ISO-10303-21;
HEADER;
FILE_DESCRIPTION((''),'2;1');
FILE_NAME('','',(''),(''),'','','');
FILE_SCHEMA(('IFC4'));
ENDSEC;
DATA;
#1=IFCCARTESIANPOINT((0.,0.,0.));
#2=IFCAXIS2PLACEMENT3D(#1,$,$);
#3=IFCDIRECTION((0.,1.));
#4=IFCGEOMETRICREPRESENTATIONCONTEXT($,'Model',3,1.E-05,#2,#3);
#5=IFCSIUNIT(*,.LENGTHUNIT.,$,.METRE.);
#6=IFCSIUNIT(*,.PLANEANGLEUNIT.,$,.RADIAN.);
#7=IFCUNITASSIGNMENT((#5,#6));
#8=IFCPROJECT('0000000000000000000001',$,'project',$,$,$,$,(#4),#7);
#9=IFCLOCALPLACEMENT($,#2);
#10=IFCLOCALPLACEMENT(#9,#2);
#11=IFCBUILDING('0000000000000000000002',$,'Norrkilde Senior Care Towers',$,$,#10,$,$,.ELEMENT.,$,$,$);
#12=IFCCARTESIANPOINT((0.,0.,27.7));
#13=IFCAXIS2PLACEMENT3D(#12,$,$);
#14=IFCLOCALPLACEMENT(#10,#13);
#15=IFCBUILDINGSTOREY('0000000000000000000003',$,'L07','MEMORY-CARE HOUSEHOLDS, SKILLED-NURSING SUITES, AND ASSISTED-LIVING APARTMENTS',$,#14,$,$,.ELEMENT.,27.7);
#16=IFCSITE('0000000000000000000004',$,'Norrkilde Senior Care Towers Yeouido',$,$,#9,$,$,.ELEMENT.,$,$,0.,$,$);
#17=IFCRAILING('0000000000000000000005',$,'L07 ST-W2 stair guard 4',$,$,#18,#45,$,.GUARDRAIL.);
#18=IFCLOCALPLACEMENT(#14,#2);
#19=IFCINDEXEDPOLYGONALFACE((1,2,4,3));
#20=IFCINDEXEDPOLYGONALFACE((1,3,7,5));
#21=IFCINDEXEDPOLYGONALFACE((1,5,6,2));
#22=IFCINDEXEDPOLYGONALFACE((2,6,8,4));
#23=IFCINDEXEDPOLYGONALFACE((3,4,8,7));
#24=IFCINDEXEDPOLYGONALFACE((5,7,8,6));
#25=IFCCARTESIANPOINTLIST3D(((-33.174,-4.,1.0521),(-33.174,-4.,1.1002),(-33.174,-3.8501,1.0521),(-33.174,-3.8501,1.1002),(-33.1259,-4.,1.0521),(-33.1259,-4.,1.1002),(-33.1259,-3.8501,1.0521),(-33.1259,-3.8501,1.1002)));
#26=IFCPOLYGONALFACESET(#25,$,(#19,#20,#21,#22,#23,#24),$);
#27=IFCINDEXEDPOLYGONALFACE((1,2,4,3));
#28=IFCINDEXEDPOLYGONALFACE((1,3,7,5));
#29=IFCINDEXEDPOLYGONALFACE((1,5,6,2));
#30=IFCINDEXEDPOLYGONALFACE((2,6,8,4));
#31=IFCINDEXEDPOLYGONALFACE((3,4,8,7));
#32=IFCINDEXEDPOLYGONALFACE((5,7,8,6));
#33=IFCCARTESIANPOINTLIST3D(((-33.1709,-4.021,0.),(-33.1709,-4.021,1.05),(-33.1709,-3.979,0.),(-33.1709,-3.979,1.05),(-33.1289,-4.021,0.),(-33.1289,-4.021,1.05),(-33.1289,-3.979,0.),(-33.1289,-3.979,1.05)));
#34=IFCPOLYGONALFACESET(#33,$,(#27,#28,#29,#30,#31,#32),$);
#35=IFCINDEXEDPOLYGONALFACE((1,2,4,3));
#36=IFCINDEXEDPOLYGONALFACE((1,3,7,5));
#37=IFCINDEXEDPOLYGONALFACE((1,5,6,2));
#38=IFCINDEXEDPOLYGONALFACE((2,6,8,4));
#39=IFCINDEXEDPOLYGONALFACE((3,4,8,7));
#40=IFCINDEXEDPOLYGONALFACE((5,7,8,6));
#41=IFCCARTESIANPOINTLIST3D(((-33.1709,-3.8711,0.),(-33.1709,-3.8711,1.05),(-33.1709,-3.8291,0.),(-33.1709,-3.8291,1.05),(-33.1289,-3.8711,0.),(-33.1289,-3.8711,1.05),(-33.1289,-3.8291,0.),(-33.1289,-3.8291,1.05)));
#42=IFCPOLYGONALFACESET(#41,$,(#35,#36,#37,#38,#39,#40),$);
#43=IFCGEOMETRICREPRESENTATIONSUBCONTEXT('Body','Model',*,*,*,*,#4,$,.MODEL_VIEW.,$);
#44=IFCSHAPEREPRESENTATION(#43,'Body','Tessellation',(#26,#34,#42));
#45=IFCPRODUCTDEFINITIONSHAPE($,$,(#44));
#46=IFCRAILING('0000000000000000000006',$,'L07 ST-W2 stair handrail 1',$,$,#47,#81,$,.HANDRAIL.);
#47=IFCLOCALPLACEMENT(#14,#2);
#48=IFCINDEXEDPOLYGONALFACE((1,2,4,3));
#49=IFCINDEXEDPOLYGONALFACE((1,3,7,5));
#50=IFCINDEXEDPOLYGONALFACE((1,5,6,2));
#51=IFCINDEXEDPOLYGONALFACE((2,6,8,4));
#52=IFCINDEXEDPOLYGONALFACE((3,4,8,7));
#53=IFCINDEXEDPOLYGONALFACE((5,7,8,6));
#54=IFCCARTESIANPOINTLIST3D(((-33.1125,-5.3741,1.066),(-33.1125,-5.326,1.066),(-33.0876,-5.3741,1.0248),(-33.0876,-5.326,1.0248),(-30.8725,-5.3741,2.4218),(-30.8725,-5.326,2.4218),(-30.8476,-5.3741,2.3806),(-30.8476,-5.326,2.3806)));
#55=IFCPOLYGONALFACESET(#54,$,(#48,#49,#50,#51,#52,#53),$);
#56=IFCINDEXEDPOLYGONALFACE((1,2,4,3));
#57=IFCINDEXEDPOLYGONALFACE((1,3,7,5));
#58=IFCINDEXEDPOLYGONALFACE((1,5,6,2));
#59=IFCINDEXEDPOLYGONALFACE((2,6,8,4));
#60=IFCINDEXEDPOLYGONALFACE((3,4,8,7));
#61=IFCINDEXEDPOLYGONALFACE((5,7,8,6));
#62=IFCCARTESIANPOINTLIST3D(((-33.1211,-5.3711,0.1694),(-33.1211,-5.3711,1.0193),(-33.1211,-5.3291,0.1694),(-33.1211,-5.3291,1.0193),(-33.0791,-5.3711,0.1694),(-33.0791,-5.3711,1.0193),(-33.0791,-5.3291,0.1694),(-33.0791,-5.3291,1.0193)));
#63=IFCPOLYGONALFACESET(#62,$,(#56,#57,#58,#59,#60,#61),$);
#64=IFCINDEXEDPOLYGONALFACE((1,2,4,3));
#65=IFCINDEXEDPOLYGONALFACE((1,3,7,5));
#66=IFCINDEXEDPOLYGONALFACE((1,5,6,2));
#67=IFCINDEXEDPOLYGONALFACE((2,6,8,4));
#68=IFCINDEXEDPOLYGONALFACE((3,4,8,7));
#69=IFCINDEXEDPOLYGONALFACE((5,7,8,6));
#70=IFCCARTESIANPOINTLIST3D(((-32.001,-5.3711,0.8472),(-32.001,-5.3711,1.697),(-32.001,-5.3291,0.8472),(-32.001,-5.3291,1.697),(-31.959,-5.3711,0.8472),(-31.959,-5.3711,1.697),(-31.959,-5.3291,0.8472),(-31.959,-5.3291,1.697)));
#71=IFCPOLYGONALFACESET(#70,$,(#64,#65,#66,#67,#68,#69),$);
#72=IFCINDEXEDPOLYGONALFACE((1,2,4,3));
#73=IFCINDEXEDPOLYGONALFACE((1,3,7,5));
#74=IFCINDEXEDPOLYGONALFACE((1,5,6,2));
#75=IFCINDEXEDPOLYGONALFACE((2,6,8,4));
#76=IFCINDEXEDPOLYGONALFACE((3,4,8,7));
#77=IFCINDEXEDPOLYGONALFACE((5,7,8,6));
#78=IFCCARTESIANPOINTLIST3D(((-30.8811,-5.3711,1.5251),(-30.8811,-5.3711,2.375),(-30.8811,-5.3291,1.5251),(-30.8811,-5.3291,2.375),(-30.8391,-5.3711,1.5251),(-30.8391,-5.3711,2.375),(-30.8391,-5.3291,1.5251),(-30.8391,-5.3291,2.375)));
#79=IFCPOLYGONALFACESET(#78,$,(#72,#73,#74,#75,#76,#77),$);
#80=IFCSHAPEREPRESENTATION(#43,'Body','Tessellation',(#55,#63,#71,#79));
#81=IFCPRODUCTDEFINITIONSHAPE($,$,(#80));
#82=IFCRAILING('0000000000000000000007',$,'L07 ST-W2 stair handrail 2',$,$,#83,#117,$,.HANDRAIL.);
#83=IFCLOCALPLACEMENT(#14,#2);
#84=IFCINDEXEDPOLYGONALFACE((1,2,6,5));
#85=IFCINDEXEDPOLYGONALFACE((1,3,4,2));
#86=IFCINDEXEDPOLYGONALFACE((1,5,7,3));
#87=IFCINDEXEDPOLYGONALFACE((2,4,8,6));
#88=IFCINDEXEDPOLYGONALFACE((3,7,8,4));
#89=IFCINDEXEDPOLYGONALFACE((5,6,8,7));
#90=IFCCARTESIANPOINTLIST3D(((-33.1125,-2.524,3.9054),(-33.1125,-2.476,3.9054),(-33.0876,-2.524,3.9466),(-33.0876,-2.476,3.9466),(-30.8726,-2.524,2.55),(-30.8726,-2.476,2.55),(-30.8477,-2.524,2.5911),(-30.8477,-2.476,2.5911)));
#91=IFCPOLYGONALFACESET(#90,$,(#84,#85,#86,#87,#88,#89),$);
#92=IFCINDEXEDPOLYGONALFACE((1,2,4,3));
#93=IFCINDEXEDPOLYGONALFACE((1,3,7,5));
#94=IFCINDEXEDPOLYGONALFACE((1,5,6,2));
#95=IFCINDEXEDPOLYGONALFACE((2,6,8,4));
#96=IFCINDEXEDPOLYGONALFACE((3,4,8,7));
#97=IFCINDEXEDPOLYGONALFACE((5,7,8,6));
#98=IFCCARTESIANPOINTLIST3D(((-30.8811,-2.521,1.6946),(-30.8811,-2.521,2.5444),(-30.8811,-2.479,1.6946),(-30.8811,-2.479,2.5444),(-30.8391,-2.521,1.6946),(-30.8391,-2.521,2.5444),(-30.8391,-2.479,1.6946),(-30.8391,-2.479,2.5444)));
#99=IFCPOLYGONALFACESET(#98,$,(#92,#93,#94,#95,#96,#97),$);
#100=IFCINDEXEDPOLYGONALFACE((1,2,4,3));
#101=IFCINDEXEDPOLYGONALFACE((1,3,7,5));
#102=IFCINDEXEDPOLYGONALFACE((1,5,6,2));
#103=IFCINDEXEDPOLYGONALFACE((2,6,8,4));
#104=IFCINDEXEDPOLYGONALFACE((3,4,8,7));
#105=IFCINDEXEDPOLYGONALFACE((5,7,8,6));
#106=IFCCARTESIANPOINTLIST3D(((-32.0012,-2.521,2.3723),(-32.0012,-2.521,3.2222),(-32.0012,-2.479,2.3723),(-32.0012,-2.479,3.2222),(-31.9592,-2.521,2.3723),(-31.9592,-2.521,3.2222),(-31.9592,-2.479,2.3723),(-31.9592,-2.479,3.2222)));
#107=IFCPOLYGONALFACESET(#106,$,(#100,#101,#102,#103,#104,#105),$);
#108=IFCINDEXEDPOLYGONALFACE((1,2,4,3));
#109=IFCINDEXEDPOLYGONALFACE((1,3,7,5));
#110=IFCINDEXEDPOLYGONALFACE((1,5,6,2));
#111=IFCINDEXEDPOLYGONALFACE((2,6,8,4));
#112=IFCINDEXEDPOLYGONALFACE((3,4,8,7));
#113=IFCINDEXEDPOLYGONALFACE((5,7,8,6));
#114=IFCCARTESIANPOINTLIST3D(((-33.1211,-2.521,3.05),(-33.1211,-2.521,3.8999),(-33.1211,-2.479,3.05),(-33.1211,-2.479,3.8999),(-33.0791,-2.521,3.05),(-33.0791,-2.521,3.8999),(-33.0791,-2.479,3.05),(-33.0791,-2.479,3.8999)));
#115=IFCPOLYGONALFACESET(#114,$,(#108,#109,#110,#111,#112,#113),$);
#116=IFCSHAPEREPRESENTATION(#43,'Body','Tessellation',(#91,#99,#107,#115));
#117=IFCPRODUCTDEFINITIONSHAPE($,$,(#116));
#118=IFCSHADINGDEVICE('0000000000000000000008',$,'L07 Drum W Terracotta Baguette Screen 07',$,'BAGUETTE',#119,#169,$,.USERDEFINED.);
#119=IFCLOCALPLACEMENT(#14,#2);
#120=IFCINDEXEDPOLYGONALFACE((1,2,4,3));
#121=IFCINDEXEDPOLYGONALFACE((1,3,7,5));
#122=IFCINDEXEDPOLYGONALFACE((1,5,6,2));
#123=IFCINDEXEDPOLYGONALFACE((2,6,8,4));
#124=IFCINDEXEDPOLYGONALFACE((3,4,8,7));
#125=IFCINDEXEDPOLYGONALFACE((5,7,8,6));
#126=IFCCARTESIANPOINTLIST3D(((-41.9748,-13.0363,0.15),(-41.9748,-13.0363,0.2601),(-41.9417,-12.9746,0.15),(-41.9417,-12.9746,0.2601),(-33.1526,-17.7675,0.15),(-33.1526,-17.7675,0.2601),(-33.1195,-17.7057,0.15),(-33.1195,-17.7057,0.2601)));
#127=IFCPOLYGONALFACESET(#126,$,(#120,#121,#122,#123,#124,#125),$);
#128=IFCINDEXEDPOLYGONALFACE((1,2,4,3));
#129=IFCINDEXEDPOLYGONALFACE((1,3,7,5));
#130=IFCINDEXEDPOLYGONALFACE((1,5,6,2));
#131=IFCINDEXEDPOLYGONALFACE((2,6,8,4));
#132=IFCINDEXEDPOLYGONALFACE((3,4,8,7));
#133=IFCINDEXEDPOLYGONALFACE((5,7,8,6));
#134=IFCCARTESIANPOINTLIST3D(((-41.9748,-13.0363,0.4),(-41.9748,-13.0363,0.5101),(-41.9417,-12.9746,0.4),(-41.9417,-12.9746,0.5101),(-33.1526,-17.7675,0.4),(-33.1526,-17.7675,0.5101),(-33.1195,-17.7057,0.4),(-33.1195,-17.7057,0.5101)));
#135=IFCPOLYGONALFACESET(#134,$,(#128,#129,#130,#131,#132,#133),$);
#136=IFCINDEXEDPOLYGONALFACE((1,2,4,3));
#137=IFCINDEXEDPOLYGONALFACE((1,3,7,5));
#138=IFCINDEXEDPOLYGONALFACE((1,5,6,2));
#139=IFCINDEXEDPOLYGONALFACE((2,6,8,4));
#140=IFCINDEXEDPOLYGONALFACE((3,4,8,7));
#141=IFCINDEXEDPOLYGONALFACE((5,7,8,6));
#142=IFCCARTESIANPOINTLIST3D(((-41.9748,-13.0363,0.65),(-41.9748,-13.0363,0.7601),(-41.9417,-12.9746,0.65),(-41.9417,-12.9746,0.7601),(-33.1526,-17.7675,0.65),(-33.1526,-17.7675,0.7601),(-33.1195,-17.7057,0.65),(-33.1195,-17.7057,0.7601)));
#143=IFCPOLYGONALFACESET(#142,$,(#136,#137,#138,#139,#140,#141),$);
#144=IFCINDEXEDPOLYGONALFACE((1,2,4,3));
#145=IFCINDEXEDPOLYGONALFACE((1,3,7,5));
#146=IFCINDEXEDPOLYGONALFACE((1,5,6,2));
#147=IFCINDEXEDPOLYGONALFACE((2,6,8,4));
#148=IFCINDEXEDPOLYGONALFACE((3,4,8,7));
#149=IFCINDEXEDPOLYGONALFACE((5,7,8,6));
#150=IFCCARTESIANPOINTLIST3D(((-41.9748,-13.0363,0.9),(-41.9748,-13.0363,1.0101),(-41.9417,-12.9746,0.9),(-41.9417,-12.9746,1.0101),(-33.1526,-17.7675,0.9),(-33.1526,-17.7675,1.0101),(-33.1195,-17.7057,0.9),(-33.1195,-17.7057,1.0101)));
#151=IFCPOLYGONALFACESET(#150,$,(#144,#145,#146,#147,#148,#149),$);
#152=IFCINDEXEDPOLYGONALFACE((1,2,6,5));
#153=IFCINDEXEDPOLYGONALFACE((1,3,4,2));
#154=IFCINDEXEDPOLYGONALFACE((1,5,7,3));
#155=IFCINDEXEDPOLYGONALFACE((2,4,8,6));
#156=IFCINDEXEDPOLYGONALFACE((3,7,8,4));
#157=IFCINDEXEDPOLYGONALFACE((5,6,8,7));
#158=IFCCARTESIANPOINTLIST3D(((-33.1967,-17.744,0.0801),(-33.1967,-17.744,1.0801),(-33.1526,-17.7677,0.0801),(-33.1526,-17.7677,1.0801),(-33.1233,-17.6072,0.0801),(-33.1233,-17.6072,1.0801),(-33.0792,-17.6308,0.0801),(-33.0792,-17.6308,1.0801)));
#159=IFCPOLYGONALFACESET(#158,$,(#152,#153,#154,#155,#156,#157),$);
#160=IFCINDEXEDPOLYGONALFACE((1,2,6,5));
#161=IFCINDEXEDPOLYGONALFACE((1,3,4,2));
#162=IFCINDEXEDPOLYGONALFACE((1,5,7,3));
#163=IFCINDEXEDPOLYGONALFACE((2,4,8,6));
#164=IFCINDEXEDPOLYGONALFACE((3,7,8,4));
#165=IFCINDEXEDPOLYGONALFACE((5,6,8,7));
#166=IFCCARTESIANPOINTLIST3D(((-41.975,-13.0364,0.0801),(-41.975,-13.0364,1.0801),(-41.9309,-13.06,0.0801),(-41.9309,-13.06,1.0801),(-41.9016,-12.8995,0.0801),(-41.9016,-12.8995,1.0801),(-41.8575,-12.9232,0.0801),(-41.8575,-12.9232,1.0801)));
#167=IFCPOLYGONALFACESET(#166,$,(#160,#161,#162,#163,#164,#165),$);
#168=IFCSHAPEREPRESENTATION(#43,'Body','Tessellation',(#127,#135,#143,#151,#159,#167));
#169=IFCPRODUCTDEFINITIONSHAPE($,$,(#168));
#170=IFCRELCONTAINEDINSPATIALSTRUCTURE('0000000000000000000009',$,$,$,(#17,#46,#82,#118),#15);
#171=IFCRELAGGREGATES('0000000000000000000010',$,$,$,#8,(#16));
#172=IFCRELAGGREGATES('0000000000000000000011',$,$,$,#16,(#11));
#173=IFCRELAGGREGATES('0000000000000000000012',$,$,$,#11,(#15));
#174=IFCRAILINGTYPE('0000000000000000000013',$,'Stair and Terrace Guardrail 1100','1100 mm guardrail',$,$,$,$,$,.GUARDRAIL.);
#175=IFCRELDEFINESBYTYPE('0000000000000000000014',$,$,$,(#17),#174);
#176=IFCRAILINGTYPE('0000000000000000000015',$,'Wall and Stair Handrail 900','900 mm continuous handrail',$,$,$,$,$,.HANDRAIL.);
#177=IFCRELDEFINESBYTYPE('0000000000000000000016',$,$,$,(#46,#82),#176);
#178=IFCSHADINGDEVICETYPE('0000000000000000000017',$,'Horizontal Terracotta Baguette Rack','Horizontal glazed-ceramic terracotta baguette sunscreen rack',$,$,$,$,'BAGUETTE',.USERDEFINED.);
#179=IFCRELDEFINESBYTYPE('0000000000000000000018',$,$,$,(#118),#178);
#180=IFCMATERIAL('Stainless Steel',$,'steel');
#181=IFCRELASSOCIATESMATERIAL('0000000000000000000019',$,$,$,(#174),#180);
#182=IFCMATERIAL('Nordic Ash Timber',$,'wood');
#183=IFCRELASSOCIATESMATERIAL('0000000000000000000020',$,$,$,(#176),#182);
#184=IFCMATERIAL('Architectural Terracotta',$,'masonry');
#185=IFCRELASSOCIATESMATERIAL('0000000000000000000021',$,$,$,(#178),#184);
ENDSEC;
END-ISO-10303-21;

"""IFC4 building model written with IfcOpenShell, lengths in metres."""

from ifc_helpers import new_model, si_unit, direction, frame, origin, origin_2d, place, context, subcontext, project, spatial, rectangle, extrude, source, transform, mapped, material, type_object, type_shapes, element, save


model = new_model("IFC4")

# Units and contexts
model_context = context("Model", 3, precision=1e-05, world=origin(), true_north=direction((0.0, 1.0)))
body_context = subcontext(model_context, "Body", "Model", "MODEL_VIEW")
ifc_project = project(units=[si_unit("LENGTHUNIT", "METRE"), si_unit("PLANEANGLEUNIT", "RADIAN")], contexts=[model_context])

# Site, building, storey
site_placement = place(None, origin())
site = spatial("IfcSite", under=ifc_project, at=site_placement, Name="Norrkilde Senior Care Towers Yeouido", CompositionType="ELEMENT", RefElevation=0.0)
building_placement = place(site_placement, origin())
building = spatial("IfcBuilding", under=site, at=building_placement, Name="Norrkilde Senior Care Towers", CompositionType="ELEMENT")
storey_placement = place(building_placement, frame((0.0, 0.0, 27.7)))
storey = spatial("IfcBuildingStorey", under=building, at=storey_placement, Name="L07", Description="MEMORY-CARE HOUSEHOLDS, SKILLED-NURSING SUITES, AND ASSISTED-LIVING APARTMENTS", CompositionType="ELEMENT", Elevation=27.7)

# Railings
ifc_material_1 = material(Name="Stainless Steel", Category="steel")
railing_type_1 = type_object("IfcRailingType", Name="Stair and Terrace Guardrail 1100", Description="1100 mm guardrail", PredefinedType="GUARDRAIL", material=ifc_material_1)
railing_1_placement = place(storey_placement, frame((-33.1499, -4.0, 0.0)))
element("IfcRailing", 1, at=railing_1_placement, inside=storey, type_object=railing_type_1, Name="L07 ST-W2 stair guard 4", PredefinedType="GUARDRAIL", context=body_context, shape_type="SweptSolid", body=[
    extrude(rectangle(XDim=0.0481, YDim=0.0481, at=origin_2d()), frame((0.0, 0.0, 1.0762), z_axis=(0.0, 1.0, 0.0), x_axis=(-1.0, 0.0, 0.0)), (0.0, 0.0, 1.0), 0.1499),
    extrude(rectangle(XDim=0.042, YDim=0.042, at=origin_2d()), origin(), (0.0, 0.0, 1.0), 1.05),
    extrude(rectangle(XDim=0.042, YDim=0.042, at=origin_2d()), frame((0.0, 0.1499, 0.0)), (0.0, 0.0, 1.0), 1.05),
])
ifc_material_2 = material(Name="Nordic Ash Timber", Category="wood")
railing_type_2 = type_object("IfcRailingType", Name="Wall and Stair Handrail 900", Description="900 mm continuous handrail", PredefinedType="HANDRAIL", material=ifc_material_2)
railing_2_placement = place(storey_placement, frame((-33.1001, -5.3501, 0.1694)))
element("IfcRailing", 2, at=railing_2_placement, inside=storey, type_object=railing_type_2, Name="L07 ST-W2 stair handrail 1", PredefinedType="HANDRAIL", context=body_context, shape_type="SweptSolid", body=[
    extrude(rectangle(XDim=0.0481, YDim=0.0481, at=origin_2d()), frame((0.0, 0.0, 0.876), z_axis=(0.855512, 0.0, 0.517783), x_axis=(0.0, 1.0, 0.0)), (0.0, 0.0, 1.0), 2.6184),
    extrude(rectangle(XDim=0.042, YDim=0.042, at=origin_2d()), origin(), (0.0, 0.0, 1.0), 0.8499),
    extrude(rectangle(XDim=0.042, YDim=0.042, at=origin_2d()), frame((1.1201, 0.0, 0.6777)), (0.0, 0.0, 1.0), 0.8499),
    extrude(rectangle(XDim=0.042, YDim=0.042, at=origin_2d()), frame((2.24, 0.0, 1.3557)), (0.0, 0.0, 1.0), 0.8499),
])
railing_3_placement = place(storey_placement, frame((-30.8601, -2.5, 1.6946)))
element("IfcRailing", 3, at=railing_3_placement, inside=storey, type_object=railing_type_2, Name="L07 ST-W2 stair handrail 2", PredefinedType="HANDRAIL", context=body_context, shape_type="SweptSolid", body=[
    extrude(rectangle(XDim=0.0481, YDim=0.0481, at=origin_2d()), frame((0.0, 0.0, 0.876), z_axis=(-0.855553, 0.0, 0.517715), x_axis=(0.0, -1.0, 0.0)), (0.0, 0.0, 1.0), 2.6182),
    extrude(rectangle(XDim=0.042, YDim=0.042, at=origin_2d()), origin(), (0.0, 0.0, 1.0), 0.8499),
    extrude(rectangle(XDim=0.042, YDim=0.042, at=origin_2d()), frame((-1.1201, 0.0, 0.6777)), (0.0, 0.0, 1.0), 0.8499),
    extrude(rectangle(XDim=0.042, YDim=0.042, at=origin_2d()), frame((-2.24, 0.0, 1.3555)), (0.0, 0.0, 1.0), 0.8499),
])

# Shading device
ifc_material_3 = material(Name="Architectural Terracotta", Category="masonry")
shading_device_type = type_object("IfcShadingDeviceType", Name="Horizontal Terracotta Baguette Rack", Description="Horizontal glazed-ceramic terracotta baguette sunscreen rack", ElementType="BAGUETTE", PredefinedType="USERDEFINED", material=ifc_material_3)
shared_shape_1 = source(origin(), body_context, "Body", "SweptSolid", [
    extrude(rectangle(XDim=0.0701, YDim=0.1101, at=origin_2d()), frame((0.0, 0.0901, 0.125), z_axis=(1.0, 0.0, 0.0), x_axis=(0.0, 1.0, 0.0)), (0.0, 0.0, 1.0), 10.0107),
    extrude(rectangle(XDim=0.0701, YDim=0.1101, at=origin_2d()), frame((0.0, 0.0901, 0.375), z_axis=(1.0, 0.0, 0.0), x_axis=(0.0, 1.0, 0.0)), (0.0, 0.0, 1.0), 10.0107),
    extrude(rectangle(XDim=0.0701, YDim=0.1101, at=origin_2d()), frame((0.0, 0.0901, 0.625), z_axis=(1.0, 0.0, 0.0), x_axis=(0.0, 1.0, 0.0)), (0.0, 0.0, 1.0), 10.0107),
    extrude(rectangle(XDim=0.0701, YDim=0.1101, at=origin_2d()), frame((0.0, 0.0901, 0.875), z_axis=(1.0, 0.0, 0.0), x_axis=(0.0, 1.0, 0.0)), (0.0, 0.0, 1.0), 10.0107),
    extrude(rectangle(XDim=0.05, YDim=0.1553, at=origin_2d()), frame((0.0249, 0.0476, 0.0)), (0.0, 0.0, 1.0), 1.0),
    extrude(rectangle(XDim=0.05, YDim=0.1553, at=origin_2d()), frame((9.9858, 0.0476, 0.0)), (0.0, 0.0, 1.0), 1.0),
])
type_shapes(shading_device_type, [shared_shape_1])
shading_device_placement = place(storey_placement, frame((-33.0935, -17.6572, 0.0801), z_axis=(0.0, 0.0, 1.0), x_axis=(-0.88128, 0.472612, 0.0)))
element("IfcShadingDevice", 4, at=shading_device_placement, inside=storey, type_object=shading_device_type, Name="L07 Drum W Terracotta Baguette Screen 07", ObjectType="BAGUETTE", PredefinedType="USERDEFINED", context=body_context, shape_type="MappedRepresentation", body=[
    mapped(shared_shape_1, transform((0.0, 0.0, 0.0), x_axis=(1.0, 0.0, 0.0), y_axis=(0.0, 1.0, 0.0), z_axis=(0.0, 0.0, 1.0), scale=1.0)),
])

save(model, "model.ifc")
